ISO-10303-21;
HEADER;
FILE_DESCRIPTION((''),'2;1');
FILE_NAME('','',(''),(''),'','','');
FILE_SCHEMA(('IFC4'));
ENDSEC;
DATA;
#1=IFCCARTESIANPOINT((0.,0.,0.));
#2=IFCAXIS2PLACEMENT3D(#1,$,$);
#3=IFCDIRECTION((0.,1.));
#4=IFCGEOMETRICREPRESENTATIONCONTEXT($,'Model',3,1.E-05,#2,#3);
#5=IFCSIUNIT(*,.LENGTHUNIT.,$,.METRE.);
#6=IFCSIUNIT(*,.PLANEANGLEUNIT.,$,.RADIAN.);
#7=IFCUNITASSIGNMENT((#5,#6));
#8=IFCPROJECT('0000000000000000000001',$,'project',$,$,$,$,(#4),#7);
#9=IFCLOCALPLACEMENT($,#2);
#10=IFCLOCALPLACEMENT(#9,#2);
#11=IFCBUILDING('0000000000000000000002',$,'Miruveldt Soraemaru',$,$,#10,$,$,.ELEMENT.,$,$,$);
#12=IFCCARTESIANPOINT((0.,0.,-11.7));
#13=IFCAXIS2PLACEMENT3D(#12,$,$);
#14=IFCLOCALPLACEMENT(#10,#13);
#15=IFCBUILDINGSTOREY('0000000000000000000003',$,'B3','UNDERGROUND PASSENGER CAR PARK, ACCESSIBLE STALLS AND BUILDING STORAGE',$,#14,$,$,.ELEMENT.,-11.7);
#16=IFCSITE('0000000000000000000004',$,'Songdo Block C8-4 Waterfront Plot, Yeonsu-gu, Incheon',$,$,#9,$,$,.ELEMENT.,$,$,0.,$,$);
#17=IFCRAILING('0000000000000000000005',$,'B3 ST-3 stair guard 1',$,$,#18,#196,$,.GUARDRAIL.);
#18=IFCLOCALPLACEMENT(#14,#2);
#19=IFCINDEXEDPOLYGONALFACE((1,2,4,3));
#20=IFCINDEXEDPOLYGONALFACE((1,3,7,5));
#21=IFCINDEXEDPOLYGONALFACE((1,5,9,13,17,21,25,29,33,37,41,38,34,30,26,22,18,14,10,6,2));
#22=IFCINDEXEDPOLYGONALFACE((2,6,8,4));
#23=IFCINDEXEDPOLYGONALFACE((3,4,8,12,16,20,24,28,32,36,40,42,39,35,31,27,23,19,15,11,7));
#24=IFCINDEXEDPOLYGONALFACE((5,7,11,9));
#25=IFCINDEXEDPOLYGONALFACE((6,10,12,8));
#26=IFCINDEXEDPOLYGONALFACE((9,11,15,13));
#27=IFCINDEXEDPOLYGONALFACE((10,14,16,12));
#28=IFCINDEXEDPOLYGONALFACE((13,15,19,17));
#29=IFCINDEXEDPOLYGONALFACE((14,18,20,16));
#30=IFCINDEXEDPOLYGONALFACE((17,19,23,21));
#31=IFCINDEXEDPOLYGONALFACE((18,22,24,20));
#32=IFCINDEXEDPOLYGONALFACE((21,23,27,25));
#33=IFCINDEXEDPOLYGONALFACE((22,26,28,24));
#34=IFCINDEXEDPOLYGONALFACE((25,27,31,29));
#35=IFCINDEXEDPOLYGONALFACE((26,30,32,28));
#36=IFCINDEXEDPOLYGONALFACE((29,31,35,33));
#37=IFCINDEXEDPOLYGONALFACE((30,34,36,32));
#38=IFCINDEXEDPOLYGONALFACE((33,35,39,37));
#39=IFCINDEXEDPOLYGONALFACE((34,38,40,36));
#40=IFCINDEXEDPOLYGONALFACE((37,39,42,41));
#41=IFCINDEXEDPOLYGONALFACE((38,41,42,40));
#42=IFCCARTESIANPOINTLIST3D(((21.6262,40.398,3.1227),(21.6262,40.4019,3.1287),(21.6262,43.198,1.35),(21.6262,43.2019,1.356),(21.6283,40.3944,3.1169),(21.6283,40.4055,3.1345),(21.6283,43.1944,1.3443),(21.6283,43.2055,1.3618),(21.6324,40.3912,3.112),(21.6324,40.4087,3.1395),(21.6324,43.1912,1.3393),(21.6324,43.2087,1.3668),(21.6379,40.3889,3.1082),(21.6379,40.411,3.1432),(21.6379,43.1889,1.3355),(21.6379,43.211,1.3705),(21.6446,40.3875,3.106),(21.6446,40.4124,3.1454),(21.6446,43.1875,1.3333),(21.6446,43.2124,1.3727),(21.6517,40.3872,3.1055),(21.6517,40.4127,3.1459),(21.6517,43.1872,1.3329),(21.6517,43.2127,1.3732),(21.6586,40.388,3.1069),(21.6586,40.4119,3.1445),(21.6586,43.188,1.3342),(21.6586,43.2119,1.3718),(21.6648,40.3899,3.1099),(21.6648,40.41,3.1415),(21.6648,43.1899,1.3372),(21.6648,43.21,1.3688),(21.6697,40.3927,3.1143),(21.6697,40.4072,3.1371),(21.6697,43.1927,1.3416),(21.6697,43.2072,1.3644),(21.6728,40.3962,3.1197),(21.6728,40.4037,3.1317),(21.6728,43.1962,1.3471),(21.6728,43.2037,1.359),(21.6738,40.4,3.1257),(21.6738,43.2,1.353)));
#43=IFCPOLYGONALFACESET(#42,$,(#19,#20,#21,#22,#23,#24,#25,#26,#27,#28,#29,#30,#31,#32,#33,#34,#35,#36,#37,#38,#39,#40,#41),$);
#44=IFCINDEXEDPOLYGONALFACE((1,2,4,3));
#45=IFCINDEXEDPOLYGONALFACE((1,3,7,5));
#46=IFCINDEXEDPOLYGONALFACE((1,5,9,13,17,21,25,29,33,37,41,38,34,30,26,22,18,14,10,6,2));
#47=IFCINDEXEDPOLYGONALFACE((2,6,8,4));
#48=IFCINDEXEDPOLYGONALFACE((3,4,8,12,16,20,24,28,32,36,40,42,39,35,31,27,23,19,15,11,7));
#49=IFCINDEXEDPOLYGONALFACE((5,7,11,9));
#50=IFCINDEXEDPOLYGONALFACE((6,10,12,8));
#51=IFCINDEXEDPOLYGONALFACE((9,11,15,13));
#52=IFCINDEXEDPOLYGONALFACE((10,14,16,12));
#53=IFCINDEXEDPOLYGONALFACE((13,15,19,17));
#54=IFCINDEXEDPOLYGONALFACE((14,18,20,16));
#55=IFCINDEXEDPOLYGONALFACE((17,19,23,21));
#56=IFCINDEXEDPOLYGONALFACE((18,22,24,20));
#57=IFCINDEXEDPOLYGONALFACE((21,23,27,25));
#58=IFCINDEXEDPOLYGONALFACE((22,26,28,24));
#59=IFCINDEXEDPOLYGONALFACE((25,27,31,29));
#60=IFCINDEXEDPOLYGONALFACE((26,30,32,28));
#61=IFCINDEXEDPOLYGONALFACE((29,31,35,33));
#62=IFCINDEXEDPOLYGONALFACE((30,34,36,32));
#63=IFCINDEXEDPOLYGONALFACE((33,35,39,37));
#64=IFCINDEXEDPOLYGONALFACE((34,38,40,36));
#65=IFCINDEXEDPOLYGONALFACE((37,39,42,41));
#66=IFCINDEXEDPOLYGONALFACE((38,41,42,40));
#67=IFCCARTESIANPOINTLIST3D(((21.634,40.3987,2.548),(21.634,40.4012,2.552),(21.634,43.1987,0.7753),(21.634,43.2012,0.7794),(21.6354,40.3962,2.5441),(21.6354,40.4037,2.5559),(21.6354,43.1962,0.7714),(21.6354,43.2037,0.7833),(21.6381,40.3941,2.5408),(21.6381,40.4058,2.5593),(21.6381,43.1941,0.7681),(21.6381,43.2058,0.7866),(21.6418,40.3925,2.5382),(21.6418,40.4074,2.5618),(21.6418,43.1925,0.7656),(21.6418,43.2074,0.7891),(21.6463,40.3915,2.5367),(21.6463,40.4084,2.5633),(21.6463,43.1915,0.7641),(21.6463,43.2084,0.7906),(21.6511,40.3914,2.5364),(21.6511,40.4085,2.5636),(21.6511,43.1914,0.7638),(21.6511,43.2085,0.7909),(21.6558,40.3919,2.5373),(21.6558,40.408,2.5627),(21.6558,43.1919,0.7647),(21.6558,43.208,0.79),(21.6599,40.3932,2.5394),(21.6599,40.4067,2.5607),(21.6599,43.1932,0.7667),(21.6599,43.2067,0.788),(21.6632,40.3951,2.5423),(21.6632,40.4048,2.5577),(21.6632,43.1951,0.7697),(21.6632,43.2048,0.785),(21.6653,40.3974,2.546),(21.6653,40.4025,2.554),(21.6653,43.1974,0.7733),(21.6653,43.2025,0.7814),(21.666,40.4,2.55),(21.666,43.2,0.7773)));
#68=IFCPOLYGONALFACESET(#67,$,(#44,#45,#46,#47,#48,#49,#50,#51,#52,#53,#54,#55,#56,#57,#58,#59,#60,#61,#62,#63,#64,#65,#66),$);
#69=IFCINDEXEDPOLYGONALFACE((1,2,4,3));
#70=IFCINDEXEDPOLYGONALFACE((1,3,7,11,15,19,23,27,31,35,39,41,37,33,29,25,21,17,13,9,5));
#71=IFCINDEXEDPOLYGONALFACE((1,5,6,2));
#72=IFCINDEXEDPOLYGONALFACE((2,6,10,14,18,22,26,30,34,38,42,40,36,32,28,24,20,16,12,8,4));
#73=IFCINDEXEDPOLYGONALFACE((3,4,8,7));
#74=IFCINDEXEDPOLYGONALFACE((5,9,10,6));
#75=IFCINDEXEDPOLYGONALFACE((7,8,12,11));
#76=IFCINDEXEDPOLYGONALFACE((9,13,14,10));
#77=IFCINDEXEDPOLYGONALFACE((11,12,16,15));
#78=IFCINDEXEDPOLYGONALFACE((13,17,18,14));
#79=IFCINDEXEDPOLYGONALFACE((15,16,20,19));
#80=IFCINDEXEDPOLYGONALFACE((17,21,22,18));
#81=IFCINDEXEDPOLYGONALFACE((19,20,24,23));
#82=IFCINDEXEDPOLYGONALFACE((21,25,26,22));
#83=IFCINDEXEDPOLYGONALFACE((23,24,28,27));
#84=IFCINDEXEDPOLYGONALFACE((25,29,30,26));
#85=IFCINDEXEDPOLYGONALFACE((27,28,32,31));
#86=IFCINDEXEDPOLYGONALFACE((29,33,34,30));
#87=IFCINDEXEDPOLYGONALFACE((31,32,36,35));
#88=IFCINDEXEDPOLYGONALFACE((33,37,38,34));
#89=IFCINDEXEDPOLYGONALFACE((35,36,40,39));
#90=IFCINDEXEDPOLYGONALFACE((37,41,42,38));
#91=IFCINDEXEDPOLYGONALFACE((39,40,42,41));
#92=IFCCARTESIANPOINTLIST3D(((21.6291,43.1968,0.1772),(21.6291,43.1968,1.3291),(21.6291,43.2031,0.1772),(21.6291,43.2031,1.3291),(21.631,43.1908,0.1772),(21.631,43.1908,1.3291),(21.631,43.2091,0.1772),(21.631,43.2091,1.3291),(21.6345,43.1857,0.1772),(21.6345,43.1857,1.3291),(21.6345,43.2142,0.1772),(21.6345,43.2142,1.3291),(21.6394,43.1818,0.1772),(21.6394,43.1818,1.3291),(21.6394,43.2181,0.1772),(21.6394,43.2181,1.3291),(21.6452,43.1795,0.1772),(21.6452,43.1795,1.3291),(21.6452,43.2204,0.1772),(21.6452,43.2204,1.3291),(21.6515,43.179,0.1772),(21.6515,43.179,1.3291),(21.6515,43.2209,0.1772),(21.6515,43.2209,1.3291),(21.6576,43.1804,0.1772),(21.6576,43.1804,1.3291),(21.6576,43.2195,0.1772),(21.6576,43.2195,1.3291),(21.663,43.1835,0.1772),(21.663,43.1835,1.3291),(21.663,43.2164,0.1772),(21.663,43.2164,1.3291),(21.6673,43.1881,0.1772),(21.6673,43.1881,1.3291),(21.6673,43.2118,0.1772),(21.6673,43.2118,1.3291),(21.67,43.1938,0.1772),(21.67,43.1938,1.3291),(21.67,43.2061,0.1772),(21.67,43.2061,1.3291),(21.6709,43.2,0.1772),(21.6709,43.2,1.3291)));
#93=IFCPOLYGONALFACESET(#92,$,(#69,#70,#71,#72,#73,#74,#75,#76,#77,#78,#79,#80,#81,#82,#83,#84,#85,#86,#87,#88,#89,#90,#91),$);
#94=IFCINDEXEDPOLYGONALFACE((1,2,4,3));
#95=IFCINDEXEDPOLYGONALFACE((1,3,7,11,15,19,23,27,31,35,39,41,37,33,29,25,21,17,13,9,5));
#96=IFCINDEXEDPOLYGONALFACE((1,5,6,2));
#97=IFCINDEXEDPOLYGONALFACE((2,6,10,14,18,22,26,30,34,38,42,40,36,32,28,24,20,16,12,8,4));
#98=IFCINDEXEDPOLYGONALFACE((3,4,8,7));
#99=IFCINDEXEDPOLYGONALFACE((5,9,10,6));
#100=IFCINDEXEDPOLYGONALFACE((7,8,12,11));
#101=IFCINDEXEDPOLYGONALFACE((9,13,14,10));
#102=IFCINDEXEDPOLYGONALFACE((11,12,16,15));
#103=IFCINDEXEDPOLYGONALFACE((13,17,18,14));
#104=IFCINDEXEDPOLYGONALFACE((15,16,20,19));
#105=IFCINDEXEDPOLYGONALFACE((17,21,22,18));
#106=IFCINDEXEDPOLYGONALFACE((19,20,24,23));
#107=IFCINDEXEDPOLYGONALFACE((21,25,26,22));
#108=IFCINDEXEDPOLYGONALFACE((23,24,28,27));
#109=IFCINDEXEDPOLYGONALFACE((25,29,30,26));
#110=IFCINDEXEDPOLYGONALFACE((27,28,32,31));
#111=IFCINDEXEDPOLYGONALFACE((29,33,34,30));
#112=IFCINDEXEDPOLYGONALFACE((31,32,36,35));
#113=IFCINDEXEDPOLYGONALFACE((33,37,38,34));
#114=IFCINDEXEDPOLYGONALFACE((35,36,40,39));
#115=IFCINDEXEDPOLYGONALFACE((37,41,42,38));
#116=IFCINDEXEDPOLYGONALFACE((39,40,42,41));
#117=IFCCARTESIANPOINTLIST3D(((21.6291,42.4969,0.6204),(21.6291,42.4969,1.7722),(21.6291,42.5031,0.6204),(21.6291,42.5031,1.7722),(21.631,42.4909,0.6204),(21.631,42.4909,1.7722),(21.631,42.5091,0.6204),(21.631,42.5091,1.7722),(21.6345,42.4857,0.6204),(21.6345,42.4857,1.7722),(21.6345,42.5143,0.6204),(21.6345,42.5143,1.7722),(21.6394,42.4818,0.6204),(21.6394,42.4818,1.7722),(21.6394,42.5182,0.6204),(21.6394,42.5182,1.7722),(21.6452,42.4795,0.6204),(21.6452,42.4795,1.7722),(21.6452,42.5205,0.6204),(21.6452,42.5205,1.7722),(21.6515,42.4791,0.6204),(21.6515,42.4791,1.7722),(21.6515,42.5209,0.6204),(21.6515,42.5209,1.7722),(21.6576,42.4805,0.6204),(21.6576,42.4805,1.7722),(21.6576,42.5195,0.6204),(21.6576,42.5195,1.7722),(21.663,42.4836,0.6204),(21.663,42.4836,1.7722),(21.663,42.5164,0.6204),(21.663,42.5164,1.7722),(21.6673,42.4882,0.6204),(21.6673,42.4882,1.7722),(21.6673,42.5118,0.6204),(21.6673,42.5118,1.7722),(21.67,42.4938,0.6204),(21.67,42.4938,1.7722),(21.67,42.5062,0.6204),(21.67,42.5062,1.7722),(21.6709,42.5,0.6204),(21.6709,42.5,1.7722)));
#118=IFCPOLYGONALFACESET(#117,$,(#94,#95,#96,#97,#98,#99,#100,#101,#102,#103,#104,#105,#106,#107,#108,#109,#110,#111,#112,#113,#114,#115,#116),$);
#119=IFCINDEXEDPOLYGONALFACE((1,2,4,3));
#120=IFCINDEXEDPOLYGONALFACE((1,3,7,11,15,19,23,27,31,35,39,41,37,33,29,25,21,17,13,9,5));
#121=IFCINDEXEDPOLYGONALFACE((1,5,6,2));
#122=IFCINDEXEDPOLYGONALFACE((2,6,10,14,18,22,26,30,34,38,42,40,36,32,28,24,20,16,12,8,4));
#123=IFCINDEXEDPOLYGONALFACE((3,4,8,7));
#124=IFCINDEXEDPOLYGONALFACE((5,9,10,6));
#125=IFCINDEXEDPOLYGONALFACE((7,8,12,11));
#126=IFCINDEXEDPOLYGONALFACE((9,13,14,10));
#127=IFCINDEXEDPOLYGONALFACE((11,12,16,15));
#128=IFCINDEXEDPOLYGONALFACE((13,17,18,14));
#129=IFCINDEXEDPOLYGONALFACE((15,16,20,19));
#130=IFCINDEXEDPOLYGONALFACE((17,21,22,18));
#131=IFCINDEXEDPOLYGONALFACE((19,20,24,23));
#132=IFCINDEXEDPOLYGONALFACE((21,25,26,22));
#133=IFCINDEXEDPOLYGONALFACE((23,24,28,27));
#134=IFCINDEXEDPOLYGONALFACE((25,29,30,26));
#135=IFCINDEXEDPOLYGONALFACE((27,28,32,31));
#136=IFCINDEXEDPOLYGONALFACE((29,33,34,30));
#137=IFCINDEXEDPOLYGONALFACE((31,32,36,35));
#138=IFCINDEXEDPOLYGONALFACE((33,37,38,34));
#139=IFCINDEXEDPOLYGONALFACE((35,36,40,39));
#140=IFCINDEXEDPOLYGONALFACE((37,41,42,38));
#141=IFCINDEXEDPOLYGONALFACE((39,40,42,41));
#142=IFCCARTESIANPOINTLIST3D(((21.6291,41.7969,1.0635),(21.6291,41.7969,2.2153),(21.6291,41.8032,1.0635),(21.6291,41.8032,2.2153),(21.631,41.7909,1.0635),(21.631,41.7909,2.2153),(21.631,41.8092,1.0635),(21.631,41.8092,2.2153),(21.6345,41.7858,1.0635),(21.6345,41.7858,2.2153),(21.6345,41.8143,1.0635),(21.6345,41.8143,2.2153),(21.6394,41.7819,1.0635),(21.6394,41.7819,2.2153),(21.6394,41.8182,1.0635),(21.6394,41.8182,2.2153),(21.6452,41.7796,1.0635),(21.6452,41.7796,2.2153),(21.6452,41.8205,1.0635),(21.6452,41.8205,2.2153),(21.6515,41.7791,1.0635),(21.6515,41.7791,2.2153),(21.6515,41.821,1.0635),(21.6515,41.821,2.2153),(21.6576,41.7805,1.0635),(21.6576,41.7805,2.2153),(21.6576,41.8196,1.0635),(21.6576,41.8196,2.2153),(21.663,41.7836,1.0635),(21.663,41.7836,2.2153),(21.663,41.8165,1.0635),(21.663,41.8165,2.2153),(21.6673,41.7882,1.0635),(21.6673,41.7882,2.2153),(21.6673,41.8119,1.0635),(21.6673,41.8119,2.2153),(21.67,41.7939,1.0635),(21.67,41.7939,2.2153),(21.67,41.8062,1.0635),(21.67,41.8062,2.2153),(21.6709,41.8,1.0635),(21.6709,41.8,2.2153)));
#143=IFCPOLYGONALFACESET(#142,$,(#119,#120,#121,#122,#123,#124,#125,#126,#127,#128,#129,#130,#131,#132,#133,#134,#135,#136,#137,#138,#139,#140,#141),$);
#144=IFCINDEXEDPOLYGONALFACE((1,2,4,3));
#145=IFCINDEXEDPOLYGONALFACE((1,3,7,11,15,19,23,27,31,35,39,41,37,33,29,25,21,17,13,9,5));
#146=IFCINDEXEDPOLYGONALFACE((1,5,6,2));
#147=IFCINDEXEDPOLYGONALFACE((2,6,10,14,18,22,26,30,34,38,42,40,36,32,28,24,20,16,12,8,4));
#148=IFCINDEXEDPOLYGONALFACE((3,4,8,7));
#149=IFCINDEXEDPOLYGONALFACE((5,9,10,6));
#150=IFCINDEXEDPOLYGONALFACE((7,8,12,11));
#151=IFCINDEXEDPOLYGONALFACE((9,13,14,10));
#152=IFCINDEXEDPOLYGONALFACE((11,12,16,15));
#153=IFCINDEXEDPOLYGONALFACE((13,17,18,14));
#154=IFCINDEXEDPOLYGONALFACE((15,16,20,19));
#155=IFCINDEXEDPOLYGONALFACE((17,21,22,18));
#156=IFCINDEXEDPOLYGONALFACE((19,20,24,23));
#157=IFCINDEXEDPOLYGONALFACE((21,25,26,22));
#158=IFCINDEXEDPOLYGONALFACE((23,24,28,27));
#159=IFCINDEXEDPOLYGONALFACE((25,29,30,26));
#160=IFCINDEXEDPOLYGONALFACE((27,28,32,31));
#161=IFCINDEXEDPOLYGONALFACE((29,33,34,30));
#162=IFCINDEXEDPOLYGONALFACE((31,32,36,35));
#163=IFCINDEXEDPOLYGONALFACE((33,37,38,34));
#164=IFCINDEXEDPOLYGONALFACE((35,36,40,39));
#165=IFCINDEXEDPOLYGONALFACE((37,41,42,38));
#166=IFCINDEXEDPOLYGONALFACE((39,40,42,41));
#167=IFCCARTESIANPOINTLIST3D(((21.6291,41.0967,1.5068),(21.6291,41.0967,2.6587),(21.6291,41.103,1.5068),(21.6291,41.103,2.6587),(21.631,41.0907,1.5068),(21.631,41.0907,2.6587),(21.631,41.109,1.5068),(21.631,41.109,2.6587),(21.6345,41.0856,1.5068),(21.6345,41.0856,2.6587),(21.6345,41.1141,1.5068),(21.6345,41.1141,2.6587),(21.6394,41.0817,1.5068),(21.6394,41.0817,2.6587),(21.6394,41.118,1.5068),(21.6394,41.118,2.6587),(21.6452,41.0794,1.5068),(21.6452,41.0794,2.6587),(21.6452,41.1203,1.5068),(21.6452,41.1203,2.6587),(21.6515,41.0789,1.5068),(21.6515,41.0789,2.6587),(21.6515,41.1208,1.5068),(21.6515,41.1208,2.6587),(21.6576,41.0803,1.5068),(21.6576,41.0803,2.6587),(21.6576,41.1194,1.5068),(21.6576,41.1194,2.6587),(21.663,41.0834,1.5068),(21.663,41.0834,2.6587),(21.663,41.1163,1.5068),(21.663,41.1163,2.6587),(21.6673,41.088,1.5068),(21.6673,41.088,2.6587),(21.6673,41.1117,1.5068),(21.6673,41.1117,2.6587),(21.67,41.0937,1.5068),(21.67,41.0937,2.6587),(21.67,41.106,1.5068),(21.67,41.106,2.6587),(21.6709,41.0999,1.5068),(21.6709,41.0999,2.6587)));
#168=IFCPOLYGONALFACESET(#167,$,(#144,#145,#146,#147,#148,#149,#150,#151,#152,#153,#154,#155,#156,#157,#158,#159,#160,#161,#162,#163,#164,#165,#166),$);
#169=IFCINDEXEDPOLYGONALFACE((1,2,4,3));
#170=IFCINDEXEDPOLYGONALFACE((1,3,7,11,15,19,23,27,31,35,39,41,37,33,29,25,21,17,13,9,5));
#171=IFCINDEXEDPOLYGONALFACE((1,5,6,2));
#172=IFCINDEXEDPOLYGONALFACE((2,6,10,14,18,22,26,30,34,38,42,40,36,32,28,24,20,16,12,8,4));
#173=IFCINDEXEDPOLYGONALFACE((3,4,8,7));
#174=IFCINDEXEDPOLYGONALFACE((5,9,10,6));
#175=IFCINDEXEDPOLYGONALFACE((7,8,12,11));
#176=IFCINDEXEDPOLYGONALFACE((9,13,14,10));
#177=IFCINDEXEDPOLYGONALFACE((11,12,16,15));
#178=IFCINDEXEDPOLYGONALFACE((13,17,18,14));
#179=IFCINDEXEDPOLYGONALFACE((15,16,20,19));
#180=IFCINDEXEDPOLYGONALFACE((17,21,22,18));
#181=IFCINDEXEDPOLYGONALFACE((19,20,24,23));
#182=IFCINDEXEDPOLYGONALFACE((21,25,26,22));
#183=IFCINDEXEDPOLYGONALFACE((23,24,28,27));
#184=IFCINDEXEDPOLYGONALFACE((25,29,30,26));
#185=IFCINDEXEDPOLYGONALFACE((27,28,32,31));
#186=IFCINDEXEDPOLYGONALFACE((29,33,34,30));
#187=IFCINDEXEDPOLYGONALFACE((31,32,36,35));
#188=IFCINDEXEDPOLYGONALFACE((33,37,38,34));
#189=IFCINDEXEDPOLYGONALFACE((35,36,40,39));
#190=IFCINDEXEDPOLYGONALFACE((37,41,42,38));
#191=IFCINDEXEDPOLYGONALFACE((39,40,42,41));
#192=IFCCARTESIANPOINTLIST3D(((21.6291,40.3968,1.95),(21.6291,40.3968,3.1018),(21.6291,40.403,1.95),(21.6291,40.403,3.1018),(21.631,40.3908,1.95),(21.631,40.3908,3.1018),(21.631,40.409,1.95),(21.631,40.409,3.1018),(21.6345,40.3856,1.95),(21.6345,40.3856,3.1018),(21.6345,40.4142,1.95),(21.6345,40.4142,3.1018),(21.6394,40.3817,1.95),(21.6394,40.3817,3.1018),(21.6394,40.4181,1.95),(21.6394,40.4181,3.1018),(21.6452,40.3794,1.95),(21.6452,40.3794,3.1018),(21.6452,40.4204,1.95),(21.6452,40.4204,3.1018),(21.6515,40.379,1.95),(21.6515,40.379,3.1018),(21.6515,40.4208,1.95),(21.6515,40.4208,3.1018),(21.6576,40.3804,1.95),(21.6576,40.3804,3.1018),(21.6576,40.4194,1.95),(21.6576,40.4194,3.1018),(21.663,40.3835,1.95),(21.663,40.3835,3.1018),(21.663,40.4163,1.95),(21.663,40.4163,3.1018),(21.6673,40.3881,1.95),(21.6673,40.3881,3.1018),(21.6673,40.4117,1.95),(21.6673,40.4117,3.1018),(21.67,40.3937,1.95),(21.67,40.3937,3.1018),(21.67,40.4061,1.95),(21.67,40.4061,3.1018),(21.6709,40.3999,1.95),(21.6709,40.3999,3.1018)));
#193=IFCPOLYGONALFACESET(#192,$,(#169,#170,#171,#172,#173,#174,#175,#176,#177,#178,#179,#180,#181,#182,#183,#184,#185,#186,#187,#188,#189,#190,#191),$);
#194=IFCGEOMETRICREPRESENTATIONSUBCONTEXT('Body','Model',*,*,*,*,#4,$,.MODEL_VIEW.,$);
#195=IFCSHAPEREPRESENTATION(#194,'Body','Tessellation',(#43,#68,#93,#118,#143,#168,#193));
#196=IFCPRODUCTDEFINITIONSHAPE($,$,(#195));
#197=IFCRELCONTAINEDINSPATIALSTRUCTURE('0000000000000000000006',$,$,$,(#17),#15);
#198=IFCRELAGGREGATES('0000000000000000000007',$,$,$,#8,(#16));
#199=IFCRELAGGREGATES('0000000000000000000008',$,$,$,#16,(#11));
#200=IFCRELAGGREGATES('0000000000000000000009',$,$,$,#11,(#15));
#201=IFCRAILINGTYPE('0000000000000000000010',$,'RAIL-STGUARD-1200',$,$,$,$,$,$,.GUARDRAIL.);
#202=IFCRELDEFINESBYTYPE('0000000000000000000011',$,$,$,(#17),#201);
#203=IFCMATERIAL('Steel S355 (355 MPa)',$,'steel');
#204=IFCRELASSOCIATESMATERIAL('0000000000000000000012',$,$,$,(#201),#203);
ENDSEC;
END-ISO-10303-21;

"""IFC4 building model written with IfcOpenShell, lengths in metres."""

from ifc_helpers import new_model, si_unit, direction, frame, origin, origin_2d, place, context, subcontext, project, spatial, circle, extrude, material, type_object, element, save


model = new_model("IFC4")

# Units and contexts
model_context = context("Model", 3, precision=1e-05, world=origin(), true_north=direction((0.0, 1.0)))
body_context = subcontext(model_context, "Body", "Model", "MODEL_VIEW")
ifc_project = project(units=[si_unit("LENGTHUNIT", "METRE"), si_unit("PLANEANGLEUNIT", "RADIAN")], contexts=[model_context])

# Site, building, storey
site_placement = place(None, origin())
site = spatial("IfcSite", under=ifc_project, at=site_placement, Name="Songdo Block C8-4 Waterfront Plot, Yeonsu-gu, Incheon", CompositionType="ELEMENT", RefElevation=0.0)
building_placement = place(site_placement, origin())
building = spatial("IfcBuilding", under=site, at=building_placement, Name="Miruveldt Soraemaru", CompositionType="ELEMENT")
storey_placement = place(building_placement, frame((0.0, 0.0, -11.7)))
storey = spatial("IfcBuildingStorey", under=building, at=storey_placement, Name="B3", Description="UNDERGROUND PASSENGER CAR PARK, ACCESSIBLE STALLS AND BUILDING STORAGE", CompositionType="ELEMENT", Elevation=-11.7)

# Railing
ifc_material_1 = material(Name="Steel S355 (355 MPa)", Category="steel")
railing_type_1 = type_object("IfcRailingType", Name="RAIL-STGUARD-1200", PredefinedType="GUARDRAIL", material=ifc_material_1)
railing_1_placement = place(storey_placement, frame((21.6499, 43.2, 0.1772)))
element("IfcRailing", 1, at=railing_1_placement, inside=storey, type_object=railing_type_1, Name="B3 ST-3 stair guard 1", PredefinedType="GUARDRAIL", context=body_context, shape_type="SweptSolid", body=[
    extrude(circle(Radius=0.0239, at=origin_2d()), frame((0.0, 0.0, 1.1758), z_axis=(0.0, -0.844909, 0.53491), x_axis=(1.0, 0.0, 0.0)), (0.0, 0.0, 1.0), 3.314),
    extrude(circle(Radius=0.0161, at=origin_2d()), frame((0.0, 0.0, 0.6001), z_axis=(0.0, -0.844909, 0.53491), x_axis=(1.0, 0.0, 0.0)), (0.0, 0.0, 1.0), 3.314),
    extrude(circle(Radius=0.021, at=origin_2d()), origin(), (0.0, 0.0, 1.0), 1.1519),
    extrude(circle(Radius=0.021, at=origin_2d()), frame((0.0, -0.7, 0.4431)), (0.0, 0.0, 1.0), 1.1519),
    extrude(circle(Radius=0.021, at=origin_2d()), frame((0.0, -1.3999, 0.8862)), (0.0, 0.0, 1.0), 1.1519),
    extrude(circle(Radius=0.021, at=origin_2d()), frame((0.0, -2.1001, 1.3296)), (0.0, 0.0, 1.0), 1.1519),
    extrude(circle(Radius=0.021, at=origin_2d()), frame((0.0, -2.8, 1.7727)), (0.0, 0.0, 1.0), 1.1519),
])

save(model, "model.ifc")
